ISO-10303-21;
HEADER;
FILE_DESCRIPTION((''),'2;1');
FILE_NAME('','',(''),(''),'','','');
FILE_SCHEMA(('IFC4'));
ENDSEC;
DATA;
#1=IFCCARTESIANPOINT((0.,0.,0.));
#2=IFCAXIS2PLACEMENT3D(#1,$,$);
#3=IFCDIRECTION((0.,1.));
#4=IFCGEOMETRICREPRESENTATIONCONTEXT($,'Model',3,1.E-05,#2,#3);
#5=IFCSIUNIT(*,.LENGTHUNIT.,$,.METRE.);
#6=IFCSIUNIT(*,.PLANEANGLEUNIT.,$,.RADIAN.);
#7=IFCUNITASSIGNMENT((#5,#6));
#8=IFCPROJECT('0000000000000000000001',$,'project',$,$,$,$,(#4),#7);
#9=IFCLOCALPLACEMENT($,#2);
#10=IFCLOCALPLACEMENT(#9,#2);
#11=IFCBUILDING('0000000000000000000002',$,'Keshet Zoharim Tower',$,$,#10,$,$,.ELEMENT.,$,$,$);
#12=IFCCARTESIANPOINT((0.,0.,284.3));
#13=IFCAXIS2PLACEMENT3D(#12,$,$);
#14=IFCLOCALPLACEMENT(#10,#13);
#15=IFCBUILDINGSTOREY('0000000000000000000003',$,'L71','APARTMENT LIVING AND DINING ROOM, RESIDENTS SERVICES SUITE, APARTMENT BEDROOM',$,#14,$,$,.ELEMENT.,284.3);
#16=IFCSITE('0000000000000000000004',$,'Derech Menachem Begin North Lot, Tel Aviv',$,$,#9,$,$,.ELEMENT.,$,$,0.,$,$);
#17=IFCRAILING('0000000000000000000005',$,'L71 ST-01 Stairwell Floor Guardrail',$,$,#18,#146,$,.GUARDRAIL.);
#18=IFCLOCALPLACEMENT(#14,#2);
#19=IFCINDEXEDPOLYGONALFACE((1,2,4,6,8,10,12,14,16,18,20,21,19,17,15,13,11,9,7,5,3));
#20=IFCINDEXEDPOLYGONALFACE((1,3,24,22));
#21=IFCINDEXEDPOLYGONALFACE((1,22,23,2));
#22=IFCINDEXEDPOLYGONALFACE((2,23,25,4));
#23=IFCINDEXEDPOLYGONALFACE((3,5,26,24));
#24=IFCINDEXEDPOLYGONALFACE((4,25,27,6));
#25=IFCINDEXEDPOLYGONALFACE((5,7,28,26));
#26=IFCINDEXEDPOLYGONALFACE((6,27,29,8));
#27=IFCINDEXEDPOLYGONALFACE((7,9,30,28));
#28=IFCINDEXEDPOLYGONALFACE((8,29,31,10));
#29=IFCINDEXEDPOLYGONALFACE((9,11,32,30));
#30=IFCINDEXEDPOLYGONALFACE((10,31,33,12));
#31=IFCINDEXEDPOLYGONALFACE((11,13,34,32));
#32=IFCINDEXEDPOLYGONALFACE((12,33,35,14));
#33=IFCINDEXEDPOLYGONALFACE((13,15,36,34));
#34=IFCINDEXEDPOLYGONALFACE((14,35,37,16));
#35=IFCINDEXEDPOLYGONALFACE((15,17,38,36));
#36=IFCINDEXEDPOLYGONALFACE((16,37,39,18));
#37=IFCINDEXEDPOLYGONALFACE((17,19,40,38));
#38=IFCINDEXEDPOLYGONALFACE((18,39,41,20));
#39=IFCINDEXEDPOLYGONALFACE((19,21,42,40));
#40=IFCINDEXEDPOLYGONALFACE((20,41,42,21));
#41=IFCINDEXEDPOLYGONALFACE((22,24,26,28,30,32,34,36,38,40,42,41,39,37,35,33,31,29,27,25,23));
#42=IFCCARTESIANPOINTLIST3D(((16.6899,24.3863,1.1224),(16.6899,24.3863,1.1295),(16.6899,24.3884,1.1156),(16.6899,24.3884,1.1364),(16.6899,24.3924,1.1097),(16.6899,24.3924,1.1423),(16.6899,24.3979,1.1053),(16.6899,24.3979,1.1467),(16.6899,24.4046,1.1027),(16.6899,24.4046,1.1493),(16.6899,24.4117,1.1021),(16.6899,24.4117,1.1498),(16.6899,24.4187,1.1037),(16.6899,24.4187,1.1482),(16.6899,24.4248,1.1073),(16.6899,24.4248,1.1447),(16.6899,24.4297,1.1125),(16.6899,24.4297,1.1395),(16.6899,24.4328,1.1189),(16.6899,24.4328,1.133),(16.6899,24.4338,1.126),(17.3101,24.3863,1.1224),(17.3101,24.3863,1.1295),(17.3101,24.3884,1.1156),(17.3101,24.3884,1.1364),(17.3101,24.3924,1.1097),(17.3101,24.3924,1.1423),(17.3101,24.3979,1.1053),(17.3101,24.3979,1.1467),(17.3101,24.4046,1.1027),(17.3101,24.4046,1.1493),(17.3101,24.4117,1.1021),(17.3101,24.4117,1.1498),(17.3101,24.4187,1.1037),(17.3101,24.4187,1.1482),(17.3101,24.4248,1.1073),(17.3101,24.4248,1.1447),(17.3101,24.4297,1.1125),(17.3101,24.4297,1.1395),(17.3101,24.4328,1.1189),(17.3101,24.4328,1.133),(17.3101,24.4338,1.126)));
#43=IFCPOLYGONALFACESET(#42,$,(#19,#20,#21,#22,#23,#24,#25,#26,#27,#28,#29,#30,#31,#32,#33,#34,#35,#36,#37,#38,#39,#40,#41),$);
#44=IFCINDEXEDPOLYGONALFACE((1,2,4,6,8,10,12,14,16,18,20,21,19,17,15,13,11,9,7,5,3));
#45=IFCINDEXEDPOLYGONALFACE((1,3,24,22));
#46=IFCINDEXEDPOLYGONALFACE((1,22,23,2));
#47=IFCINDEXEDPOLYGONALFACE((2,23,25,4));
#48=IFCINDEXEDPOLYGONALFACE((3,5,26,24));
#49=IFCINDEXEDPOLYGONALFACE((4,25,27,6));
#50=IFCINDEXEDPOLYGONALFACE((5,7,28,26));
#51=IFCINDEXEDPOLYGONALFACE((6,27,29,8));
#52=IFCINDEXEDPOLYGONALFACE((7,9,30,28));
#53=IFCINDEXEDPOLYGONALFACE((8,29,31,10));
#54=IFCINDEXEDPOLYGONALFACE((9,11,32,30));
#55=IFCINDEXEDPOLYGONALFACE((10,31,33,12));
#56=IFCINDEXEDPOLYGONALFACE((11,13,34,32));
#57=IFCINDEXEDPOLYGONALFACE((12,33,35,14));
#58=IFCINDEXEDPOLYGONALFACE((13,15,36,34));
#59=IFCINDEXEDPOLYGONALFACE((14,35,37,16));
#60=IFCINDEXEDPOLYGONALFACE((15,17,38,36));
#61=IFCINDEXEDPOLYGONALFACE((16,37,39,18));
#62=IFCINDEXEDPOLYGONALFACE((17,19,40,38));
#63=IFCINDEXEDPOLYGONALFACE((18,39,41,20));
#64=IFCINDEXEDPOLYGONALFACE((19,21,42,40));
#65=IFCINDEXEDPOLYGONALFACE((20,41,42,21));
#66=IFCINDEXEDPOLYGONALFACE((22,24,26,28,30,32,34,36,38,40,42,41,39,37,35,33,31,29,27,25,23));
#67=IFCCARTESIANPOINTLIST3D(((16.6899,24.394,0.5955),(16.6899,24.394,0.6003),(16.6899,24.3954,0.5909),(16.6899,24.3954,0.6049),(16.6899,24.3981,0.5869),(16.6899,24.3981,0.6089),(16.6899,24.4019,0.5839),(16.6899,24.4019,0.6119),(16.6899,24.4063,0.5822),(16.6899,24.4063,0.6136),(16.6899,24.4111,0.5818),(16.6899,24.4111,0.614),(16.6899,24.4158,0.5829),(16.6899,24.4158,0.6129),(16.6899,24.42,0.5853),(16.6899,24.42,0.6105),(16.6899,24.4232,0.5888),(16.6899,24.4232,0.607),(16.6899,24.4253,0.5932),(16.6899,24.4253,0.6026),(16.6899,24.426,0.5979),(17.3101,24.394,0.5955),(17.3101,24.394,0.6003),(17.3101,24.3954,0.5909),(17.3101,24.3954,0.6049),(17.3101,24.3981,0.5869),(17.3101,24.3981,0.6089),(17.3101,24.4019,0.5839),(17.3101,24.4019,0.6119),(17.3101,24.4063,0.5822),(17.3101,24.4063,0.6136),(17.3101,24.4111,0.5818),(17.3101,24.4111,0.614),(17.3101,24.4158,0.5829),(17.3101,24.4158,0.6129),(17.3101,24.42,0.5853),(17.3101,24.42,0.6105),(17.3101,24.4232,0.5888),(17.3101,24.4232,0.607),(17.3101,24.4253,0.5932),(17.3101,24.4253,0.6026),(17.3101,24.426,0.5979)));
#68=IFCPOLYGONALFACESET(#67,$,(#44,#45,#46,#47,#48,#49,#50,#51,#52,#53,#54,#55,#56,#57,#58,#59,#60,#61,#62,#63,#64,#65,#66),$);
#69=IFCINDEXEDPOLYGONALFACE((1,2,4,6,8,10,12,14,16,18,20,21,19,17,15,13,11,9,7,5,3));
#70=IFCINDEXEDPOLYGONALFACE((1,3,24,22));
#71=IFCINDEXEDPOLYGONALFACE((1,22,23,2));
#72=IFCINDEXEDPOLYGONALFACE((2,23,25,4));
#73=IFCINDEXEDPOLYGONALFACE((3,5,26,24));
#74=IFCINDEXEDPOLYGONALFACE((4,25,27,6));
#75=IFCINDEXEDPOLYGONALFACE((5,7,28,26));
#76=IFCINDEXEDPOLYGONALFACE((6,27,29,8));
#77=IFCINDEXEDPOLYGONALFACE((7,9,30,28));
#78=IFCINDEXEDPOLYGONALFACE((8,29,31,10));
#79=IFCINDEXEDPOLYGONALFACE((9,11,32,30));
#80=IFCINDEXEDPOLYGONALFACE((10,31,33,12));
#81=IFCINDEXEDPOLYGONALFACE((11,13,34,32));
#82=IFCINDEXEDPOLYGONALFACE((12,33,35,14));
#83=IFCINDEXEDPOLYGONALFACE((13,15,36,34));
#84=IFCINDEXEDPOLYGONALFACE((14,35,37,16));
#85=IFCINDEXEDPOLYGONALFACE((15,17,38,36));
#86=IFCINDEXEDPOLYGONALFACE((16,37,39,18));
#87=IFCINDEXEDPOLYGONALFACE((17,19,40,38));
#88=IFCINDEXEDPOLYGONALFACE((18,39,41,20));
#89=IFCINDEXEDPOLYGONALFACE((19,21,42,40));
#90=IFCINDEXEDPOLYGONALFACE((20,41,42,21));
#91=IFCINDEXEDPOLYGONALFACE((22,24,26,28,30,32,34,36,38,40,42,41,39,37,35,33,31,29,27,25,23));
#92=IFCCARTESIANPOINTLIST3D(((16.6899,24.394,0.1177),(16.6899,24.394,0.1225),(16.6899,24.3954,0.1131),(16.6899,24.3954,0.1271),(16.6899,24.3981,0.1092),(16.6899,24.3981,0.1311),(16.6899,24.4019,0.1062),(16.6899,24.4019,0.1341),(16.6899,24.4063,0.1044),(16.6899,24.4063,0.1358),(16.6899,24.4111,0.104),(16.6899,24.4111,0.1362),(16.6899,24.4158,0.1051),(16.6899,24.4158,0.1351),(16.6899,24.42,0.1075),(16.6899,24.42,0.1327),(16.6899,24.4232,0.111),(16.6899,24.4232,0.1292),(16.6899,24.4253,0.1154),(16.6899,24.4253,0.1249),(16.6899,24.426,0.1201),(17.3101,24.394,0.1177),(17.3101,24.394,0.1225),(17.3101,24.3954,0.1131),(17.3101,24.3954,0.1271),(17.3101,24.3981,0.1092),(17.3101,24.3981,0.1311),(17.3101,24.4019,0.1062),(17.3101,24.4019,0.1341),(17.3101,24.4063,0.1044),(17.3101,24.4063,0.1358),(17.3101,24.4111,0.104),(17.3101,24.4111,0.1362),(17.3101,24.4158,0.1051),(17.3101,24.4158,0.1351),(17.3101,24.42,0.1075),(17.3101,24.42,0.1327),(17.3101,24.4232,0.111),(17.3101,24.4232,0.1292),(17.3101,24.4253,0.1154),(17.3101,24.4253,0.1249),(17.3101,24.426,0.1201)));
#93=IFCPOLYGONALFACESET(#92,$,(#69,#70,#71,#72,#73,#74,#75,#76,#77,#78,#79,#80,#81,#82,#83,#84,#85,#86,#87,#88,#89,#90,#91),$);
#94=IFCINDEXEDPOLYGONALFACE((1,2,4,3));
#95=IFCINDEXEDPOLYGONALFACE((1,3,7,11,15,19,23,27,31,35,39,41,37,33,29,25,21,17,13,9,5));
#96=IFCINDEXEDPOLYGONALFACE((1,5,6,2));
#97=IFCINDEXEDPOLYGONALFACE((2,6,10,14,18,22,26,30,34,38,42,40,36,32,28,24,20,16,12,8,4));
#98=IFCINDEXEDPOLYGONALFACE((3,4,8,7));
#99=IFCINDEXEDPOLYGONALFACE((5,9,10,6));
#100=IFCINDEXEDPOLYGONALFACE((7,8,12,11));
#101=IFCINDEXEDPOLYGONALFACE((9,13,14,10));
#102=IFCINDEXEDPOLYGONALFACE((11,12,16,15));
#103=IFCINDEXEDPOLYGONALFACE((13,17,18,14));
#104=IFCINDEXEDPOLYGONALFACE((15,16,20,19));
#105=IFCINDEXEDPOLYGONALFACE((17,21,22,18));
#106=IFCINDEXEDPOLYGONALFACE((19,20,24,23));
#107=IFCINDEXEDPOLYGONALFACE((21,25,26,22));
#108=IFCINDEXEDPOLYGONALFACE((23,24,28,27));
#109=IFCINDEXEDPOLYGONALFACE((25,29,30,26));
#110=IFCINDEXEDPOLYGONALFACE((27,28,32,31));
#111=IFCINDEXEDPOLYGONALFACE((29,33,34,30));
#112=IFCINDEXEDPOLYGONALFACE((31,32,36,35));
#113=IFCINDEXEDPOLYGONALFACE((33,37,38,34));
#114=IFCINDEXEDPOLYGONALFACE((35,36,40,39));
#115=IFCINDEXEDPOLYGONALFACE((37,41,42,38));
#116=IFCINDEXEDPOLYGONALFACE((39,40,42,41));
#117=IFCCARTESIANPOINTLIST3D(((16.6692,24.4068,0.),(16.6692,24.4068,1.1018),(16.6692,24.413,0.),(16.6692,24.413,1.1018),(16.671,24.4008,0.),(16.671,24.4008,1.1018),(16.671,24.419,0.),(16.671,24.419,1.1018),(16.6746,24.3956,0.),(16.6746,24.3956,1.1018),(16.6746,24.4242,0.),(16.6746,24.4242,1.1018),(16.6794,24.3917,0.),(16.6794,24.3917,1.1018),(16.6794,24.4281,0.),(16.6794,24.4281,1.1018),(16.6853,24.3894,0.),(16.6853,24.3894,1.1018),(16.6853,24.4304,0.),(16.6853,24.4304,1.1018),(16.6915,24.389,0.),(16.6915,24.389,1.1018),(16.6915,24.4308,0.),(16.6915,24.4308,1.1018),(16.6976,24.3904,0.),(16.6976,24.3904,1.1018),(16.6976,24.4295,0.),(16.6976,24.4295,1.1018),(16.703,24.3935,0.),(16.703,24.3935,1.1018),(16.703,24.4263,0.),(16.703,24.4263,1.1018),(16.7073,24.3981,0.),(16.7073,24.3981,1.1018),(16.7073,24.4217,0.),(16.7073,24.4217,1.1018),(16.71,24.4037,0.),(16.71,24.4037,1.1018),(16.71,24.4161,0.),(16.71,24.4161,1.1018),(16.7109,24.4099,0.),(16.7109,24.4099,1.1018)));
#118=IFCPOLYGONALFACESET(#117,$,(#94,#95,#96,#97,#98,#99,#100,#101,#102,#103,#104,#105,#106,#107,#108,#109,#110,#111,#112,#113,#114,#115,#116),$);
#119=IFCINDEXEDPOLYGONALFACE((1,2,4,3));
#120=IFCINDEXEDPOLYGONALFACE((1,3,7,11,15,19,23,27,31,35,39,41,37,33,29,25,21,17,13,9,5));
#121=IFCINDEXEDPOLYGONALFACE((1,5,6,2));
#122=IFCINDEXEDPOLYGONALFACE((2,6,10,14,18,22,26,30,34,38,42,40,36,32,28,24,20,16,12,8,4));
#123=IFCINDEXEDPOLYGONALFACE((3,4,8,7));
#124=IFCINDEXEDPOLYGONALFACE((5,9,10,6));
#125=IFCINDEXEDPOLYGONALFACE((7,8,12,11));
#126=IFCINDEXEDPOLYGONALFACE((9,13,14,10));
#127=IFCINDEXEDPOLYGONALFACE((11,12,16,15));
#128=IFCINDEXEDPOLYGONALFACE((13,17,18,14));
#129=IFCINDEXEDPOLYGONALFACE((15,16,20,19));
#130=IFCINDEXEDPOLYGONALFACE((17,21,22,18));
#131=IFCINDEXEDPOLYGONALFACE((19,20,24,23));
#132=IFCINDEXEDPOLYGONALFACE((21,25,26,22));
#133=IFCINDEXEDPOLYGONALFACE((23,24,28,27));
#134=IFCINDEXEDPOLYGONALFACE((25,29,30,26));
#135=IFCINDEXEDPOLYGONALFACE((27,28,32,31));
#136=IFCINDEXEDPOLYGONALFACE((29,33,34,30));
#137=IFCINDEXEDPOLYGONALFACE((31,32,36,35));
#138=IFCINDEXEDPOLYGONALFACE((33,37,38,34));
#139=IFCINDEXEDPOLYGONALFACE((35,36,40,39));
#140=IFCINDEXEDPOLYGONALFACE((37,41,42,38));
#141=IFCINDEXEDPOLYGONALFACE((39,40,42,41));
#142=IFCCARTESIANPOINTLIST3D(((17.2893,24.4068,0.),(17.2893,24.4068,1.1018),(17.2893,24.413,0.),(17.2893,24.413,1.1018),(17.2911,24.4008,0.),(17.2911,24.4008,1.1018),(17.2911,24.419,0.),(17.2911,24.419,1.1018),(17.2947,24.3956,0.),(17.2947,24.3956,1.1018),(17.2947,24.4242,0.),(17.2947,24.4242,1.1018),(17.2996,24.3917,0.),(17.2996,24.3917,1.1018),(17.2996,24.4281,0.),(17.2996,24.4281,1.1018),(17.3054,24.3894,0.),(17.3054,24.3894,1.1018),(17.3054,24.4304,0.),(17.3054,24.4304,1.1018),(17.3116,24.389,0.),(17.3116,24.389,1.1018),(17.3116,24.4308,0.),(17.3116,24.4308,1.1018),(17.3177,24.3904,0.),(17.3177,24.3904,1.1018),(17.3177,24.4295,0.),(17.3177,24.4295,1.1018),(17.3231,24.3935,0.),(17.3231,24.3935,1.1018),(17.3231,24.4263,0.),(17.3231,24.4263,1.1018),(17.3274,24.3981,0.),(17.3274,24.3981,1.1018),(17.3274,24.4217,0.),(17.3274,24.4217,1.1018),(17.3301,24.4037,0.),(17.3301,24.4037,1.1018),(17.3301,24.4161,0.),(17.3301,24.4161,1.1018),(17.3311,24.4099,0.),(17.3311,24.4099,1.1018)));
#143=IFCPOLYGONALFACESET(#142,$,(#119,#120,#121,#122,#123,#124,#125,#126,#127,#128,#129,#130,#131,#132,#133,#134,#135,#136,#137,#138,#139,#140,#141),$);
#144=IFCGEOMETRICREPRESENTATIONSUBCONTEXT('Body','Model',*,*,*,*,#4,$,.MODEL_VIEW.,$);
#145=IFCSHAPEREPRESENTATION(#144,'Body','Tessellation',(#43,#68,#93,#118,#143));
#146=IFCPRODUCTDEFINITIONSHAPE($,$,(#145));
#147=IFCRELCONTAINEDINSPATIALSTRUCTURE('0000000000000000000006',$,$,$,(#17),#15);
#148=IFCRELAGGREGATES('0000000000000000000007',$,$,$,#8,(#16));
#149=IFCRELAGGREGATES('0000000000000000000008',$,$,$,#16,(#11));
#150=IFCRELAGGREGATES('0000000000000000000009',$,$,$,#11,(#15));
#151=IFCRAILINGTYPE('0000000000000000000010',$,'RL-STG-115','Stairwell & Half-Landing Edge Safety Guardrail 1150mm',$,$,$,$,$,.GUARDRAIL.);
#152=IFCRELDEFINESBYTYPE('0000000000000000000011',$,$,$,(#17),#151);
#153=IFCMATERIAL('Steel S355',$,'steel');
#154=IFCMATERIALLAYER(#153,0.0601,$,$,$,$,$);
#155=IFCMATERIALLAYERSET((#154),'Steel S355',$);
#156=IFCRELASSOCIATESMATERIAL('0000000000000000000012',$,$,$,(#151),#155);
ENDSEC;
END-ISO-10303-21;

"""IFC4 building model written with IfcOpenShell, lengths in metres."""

from ifc_helpers import new_model, si_unit, direction, frame, origin, origin_2d, place, context, subcontext, project, spatial, circle, extrude, material, layer, layer_set, type_object, element, save


model = new_model("IFC4")

# Units and contexts
model_context = context("Model", 3, precision=1e-05, world=origin(), true_north=direction((0.0, 1.0)))
body_context = subcontext(model_context, "Body", "Model", "MODEL_VIEW")
ifc_project = project(units=[si_unit("LENGTHUNIT", "METRE"), si_unit("PLANEANGLEUNIT", "RADIAN")], contexts=[model_context])

# Site, building, storey
site_placement = place(None, origin())
site = spatial("IfcSite", under=ifc_project, at=site_placement, Name="Derech Menachem Begin North Lot, Tel Aviv", CompositionType="ELEMENT", RefElevation=0.0)
building_placement = place(site_placement, origin())
building = spatial("IfcBuilding", under=site, at=building_placement, Name="Keshet Zoharim Tower", CompositionType="ELEMENT")
storey_placement = place(building_placement, frame((0.0, 0.0, 284.3)))
storey = spatial("IfcBuildingStorey", under=building, at=storey_placement, Name="L71", Description="APARTMENT LIVING AND DINING ROOM, RESIDENTS SERVICES SUITE, APARTMENT BEDROOM", CompositionType="ELEMENT", Elevation=284.3)

# Shared definitions
ifc_material_1 = material(Name="Steel S355", Category="steel")

# Railing
ifc_layer_1 = layer(ifc_material_1, 0.0601)
ifc_layer_set_1 = layer_set([ifc_layer_1], Name="Steel S355")
railing_type_1 = type_object("IfcRailingType", Name="RL-STG-115", Description="Stairwell & Half-Landing Edge Safety Guardrail 1150mm", PredefinedType="GUARDRAIL", material=ifc_layer_set_1)
railing_1_placement = place(storey_placement, frame((16.6899, 24.4099, 0.0)))
element("IfcRailing", 1, at=railing_1_placement, inside=storey, type_object=railing_type_1, Name="L71 ST-01 Stairwell Floor Guardrail", PredefinedType="GUARDRAIL", context=body_context, shape_type="SweptSolid", body=[
    extrude(circle(Radius=0.0239, at=origin_2d()), frame((0.0, 0.0, 1.126), z_axis=(1.0, 0.0, 0.0), x_axis=(0.0, 1.0, 0.0)), (0.0, 0.0, 1.0), 0.6201),
    extrude(circle(Radius=0.0161, at=origin_2d()), frame((0.0, 0.0, 0.5979), z_axis=(1.0, 0.0, 0.0), x_axis=(0.0, 1.0, 0.0)), (0.0, 0.0, 1.0), 0.6201),
    extrude(circle(Radius=0.0161, at=origin_2d()), frame((0.0, 0.0, 0.1201), z_axis=(1.0, 0.0, 0.0), x_axis=(0.0, 1.0, 0.0)), (0.0, 0.0, 1.0), 0.6201),
    extrude(circle(Radius=0.021, at=origin_2d()), origin(), (0.0, 0.0, 1.0), 1.1018),
    extrude(circle(Radius=0.021, at=origin_2d()), frame((0.6201, 0.0, 0.0)), (0.0, 0.0, 1.0), 1.1018),
])

save(model, "model.ifc")
